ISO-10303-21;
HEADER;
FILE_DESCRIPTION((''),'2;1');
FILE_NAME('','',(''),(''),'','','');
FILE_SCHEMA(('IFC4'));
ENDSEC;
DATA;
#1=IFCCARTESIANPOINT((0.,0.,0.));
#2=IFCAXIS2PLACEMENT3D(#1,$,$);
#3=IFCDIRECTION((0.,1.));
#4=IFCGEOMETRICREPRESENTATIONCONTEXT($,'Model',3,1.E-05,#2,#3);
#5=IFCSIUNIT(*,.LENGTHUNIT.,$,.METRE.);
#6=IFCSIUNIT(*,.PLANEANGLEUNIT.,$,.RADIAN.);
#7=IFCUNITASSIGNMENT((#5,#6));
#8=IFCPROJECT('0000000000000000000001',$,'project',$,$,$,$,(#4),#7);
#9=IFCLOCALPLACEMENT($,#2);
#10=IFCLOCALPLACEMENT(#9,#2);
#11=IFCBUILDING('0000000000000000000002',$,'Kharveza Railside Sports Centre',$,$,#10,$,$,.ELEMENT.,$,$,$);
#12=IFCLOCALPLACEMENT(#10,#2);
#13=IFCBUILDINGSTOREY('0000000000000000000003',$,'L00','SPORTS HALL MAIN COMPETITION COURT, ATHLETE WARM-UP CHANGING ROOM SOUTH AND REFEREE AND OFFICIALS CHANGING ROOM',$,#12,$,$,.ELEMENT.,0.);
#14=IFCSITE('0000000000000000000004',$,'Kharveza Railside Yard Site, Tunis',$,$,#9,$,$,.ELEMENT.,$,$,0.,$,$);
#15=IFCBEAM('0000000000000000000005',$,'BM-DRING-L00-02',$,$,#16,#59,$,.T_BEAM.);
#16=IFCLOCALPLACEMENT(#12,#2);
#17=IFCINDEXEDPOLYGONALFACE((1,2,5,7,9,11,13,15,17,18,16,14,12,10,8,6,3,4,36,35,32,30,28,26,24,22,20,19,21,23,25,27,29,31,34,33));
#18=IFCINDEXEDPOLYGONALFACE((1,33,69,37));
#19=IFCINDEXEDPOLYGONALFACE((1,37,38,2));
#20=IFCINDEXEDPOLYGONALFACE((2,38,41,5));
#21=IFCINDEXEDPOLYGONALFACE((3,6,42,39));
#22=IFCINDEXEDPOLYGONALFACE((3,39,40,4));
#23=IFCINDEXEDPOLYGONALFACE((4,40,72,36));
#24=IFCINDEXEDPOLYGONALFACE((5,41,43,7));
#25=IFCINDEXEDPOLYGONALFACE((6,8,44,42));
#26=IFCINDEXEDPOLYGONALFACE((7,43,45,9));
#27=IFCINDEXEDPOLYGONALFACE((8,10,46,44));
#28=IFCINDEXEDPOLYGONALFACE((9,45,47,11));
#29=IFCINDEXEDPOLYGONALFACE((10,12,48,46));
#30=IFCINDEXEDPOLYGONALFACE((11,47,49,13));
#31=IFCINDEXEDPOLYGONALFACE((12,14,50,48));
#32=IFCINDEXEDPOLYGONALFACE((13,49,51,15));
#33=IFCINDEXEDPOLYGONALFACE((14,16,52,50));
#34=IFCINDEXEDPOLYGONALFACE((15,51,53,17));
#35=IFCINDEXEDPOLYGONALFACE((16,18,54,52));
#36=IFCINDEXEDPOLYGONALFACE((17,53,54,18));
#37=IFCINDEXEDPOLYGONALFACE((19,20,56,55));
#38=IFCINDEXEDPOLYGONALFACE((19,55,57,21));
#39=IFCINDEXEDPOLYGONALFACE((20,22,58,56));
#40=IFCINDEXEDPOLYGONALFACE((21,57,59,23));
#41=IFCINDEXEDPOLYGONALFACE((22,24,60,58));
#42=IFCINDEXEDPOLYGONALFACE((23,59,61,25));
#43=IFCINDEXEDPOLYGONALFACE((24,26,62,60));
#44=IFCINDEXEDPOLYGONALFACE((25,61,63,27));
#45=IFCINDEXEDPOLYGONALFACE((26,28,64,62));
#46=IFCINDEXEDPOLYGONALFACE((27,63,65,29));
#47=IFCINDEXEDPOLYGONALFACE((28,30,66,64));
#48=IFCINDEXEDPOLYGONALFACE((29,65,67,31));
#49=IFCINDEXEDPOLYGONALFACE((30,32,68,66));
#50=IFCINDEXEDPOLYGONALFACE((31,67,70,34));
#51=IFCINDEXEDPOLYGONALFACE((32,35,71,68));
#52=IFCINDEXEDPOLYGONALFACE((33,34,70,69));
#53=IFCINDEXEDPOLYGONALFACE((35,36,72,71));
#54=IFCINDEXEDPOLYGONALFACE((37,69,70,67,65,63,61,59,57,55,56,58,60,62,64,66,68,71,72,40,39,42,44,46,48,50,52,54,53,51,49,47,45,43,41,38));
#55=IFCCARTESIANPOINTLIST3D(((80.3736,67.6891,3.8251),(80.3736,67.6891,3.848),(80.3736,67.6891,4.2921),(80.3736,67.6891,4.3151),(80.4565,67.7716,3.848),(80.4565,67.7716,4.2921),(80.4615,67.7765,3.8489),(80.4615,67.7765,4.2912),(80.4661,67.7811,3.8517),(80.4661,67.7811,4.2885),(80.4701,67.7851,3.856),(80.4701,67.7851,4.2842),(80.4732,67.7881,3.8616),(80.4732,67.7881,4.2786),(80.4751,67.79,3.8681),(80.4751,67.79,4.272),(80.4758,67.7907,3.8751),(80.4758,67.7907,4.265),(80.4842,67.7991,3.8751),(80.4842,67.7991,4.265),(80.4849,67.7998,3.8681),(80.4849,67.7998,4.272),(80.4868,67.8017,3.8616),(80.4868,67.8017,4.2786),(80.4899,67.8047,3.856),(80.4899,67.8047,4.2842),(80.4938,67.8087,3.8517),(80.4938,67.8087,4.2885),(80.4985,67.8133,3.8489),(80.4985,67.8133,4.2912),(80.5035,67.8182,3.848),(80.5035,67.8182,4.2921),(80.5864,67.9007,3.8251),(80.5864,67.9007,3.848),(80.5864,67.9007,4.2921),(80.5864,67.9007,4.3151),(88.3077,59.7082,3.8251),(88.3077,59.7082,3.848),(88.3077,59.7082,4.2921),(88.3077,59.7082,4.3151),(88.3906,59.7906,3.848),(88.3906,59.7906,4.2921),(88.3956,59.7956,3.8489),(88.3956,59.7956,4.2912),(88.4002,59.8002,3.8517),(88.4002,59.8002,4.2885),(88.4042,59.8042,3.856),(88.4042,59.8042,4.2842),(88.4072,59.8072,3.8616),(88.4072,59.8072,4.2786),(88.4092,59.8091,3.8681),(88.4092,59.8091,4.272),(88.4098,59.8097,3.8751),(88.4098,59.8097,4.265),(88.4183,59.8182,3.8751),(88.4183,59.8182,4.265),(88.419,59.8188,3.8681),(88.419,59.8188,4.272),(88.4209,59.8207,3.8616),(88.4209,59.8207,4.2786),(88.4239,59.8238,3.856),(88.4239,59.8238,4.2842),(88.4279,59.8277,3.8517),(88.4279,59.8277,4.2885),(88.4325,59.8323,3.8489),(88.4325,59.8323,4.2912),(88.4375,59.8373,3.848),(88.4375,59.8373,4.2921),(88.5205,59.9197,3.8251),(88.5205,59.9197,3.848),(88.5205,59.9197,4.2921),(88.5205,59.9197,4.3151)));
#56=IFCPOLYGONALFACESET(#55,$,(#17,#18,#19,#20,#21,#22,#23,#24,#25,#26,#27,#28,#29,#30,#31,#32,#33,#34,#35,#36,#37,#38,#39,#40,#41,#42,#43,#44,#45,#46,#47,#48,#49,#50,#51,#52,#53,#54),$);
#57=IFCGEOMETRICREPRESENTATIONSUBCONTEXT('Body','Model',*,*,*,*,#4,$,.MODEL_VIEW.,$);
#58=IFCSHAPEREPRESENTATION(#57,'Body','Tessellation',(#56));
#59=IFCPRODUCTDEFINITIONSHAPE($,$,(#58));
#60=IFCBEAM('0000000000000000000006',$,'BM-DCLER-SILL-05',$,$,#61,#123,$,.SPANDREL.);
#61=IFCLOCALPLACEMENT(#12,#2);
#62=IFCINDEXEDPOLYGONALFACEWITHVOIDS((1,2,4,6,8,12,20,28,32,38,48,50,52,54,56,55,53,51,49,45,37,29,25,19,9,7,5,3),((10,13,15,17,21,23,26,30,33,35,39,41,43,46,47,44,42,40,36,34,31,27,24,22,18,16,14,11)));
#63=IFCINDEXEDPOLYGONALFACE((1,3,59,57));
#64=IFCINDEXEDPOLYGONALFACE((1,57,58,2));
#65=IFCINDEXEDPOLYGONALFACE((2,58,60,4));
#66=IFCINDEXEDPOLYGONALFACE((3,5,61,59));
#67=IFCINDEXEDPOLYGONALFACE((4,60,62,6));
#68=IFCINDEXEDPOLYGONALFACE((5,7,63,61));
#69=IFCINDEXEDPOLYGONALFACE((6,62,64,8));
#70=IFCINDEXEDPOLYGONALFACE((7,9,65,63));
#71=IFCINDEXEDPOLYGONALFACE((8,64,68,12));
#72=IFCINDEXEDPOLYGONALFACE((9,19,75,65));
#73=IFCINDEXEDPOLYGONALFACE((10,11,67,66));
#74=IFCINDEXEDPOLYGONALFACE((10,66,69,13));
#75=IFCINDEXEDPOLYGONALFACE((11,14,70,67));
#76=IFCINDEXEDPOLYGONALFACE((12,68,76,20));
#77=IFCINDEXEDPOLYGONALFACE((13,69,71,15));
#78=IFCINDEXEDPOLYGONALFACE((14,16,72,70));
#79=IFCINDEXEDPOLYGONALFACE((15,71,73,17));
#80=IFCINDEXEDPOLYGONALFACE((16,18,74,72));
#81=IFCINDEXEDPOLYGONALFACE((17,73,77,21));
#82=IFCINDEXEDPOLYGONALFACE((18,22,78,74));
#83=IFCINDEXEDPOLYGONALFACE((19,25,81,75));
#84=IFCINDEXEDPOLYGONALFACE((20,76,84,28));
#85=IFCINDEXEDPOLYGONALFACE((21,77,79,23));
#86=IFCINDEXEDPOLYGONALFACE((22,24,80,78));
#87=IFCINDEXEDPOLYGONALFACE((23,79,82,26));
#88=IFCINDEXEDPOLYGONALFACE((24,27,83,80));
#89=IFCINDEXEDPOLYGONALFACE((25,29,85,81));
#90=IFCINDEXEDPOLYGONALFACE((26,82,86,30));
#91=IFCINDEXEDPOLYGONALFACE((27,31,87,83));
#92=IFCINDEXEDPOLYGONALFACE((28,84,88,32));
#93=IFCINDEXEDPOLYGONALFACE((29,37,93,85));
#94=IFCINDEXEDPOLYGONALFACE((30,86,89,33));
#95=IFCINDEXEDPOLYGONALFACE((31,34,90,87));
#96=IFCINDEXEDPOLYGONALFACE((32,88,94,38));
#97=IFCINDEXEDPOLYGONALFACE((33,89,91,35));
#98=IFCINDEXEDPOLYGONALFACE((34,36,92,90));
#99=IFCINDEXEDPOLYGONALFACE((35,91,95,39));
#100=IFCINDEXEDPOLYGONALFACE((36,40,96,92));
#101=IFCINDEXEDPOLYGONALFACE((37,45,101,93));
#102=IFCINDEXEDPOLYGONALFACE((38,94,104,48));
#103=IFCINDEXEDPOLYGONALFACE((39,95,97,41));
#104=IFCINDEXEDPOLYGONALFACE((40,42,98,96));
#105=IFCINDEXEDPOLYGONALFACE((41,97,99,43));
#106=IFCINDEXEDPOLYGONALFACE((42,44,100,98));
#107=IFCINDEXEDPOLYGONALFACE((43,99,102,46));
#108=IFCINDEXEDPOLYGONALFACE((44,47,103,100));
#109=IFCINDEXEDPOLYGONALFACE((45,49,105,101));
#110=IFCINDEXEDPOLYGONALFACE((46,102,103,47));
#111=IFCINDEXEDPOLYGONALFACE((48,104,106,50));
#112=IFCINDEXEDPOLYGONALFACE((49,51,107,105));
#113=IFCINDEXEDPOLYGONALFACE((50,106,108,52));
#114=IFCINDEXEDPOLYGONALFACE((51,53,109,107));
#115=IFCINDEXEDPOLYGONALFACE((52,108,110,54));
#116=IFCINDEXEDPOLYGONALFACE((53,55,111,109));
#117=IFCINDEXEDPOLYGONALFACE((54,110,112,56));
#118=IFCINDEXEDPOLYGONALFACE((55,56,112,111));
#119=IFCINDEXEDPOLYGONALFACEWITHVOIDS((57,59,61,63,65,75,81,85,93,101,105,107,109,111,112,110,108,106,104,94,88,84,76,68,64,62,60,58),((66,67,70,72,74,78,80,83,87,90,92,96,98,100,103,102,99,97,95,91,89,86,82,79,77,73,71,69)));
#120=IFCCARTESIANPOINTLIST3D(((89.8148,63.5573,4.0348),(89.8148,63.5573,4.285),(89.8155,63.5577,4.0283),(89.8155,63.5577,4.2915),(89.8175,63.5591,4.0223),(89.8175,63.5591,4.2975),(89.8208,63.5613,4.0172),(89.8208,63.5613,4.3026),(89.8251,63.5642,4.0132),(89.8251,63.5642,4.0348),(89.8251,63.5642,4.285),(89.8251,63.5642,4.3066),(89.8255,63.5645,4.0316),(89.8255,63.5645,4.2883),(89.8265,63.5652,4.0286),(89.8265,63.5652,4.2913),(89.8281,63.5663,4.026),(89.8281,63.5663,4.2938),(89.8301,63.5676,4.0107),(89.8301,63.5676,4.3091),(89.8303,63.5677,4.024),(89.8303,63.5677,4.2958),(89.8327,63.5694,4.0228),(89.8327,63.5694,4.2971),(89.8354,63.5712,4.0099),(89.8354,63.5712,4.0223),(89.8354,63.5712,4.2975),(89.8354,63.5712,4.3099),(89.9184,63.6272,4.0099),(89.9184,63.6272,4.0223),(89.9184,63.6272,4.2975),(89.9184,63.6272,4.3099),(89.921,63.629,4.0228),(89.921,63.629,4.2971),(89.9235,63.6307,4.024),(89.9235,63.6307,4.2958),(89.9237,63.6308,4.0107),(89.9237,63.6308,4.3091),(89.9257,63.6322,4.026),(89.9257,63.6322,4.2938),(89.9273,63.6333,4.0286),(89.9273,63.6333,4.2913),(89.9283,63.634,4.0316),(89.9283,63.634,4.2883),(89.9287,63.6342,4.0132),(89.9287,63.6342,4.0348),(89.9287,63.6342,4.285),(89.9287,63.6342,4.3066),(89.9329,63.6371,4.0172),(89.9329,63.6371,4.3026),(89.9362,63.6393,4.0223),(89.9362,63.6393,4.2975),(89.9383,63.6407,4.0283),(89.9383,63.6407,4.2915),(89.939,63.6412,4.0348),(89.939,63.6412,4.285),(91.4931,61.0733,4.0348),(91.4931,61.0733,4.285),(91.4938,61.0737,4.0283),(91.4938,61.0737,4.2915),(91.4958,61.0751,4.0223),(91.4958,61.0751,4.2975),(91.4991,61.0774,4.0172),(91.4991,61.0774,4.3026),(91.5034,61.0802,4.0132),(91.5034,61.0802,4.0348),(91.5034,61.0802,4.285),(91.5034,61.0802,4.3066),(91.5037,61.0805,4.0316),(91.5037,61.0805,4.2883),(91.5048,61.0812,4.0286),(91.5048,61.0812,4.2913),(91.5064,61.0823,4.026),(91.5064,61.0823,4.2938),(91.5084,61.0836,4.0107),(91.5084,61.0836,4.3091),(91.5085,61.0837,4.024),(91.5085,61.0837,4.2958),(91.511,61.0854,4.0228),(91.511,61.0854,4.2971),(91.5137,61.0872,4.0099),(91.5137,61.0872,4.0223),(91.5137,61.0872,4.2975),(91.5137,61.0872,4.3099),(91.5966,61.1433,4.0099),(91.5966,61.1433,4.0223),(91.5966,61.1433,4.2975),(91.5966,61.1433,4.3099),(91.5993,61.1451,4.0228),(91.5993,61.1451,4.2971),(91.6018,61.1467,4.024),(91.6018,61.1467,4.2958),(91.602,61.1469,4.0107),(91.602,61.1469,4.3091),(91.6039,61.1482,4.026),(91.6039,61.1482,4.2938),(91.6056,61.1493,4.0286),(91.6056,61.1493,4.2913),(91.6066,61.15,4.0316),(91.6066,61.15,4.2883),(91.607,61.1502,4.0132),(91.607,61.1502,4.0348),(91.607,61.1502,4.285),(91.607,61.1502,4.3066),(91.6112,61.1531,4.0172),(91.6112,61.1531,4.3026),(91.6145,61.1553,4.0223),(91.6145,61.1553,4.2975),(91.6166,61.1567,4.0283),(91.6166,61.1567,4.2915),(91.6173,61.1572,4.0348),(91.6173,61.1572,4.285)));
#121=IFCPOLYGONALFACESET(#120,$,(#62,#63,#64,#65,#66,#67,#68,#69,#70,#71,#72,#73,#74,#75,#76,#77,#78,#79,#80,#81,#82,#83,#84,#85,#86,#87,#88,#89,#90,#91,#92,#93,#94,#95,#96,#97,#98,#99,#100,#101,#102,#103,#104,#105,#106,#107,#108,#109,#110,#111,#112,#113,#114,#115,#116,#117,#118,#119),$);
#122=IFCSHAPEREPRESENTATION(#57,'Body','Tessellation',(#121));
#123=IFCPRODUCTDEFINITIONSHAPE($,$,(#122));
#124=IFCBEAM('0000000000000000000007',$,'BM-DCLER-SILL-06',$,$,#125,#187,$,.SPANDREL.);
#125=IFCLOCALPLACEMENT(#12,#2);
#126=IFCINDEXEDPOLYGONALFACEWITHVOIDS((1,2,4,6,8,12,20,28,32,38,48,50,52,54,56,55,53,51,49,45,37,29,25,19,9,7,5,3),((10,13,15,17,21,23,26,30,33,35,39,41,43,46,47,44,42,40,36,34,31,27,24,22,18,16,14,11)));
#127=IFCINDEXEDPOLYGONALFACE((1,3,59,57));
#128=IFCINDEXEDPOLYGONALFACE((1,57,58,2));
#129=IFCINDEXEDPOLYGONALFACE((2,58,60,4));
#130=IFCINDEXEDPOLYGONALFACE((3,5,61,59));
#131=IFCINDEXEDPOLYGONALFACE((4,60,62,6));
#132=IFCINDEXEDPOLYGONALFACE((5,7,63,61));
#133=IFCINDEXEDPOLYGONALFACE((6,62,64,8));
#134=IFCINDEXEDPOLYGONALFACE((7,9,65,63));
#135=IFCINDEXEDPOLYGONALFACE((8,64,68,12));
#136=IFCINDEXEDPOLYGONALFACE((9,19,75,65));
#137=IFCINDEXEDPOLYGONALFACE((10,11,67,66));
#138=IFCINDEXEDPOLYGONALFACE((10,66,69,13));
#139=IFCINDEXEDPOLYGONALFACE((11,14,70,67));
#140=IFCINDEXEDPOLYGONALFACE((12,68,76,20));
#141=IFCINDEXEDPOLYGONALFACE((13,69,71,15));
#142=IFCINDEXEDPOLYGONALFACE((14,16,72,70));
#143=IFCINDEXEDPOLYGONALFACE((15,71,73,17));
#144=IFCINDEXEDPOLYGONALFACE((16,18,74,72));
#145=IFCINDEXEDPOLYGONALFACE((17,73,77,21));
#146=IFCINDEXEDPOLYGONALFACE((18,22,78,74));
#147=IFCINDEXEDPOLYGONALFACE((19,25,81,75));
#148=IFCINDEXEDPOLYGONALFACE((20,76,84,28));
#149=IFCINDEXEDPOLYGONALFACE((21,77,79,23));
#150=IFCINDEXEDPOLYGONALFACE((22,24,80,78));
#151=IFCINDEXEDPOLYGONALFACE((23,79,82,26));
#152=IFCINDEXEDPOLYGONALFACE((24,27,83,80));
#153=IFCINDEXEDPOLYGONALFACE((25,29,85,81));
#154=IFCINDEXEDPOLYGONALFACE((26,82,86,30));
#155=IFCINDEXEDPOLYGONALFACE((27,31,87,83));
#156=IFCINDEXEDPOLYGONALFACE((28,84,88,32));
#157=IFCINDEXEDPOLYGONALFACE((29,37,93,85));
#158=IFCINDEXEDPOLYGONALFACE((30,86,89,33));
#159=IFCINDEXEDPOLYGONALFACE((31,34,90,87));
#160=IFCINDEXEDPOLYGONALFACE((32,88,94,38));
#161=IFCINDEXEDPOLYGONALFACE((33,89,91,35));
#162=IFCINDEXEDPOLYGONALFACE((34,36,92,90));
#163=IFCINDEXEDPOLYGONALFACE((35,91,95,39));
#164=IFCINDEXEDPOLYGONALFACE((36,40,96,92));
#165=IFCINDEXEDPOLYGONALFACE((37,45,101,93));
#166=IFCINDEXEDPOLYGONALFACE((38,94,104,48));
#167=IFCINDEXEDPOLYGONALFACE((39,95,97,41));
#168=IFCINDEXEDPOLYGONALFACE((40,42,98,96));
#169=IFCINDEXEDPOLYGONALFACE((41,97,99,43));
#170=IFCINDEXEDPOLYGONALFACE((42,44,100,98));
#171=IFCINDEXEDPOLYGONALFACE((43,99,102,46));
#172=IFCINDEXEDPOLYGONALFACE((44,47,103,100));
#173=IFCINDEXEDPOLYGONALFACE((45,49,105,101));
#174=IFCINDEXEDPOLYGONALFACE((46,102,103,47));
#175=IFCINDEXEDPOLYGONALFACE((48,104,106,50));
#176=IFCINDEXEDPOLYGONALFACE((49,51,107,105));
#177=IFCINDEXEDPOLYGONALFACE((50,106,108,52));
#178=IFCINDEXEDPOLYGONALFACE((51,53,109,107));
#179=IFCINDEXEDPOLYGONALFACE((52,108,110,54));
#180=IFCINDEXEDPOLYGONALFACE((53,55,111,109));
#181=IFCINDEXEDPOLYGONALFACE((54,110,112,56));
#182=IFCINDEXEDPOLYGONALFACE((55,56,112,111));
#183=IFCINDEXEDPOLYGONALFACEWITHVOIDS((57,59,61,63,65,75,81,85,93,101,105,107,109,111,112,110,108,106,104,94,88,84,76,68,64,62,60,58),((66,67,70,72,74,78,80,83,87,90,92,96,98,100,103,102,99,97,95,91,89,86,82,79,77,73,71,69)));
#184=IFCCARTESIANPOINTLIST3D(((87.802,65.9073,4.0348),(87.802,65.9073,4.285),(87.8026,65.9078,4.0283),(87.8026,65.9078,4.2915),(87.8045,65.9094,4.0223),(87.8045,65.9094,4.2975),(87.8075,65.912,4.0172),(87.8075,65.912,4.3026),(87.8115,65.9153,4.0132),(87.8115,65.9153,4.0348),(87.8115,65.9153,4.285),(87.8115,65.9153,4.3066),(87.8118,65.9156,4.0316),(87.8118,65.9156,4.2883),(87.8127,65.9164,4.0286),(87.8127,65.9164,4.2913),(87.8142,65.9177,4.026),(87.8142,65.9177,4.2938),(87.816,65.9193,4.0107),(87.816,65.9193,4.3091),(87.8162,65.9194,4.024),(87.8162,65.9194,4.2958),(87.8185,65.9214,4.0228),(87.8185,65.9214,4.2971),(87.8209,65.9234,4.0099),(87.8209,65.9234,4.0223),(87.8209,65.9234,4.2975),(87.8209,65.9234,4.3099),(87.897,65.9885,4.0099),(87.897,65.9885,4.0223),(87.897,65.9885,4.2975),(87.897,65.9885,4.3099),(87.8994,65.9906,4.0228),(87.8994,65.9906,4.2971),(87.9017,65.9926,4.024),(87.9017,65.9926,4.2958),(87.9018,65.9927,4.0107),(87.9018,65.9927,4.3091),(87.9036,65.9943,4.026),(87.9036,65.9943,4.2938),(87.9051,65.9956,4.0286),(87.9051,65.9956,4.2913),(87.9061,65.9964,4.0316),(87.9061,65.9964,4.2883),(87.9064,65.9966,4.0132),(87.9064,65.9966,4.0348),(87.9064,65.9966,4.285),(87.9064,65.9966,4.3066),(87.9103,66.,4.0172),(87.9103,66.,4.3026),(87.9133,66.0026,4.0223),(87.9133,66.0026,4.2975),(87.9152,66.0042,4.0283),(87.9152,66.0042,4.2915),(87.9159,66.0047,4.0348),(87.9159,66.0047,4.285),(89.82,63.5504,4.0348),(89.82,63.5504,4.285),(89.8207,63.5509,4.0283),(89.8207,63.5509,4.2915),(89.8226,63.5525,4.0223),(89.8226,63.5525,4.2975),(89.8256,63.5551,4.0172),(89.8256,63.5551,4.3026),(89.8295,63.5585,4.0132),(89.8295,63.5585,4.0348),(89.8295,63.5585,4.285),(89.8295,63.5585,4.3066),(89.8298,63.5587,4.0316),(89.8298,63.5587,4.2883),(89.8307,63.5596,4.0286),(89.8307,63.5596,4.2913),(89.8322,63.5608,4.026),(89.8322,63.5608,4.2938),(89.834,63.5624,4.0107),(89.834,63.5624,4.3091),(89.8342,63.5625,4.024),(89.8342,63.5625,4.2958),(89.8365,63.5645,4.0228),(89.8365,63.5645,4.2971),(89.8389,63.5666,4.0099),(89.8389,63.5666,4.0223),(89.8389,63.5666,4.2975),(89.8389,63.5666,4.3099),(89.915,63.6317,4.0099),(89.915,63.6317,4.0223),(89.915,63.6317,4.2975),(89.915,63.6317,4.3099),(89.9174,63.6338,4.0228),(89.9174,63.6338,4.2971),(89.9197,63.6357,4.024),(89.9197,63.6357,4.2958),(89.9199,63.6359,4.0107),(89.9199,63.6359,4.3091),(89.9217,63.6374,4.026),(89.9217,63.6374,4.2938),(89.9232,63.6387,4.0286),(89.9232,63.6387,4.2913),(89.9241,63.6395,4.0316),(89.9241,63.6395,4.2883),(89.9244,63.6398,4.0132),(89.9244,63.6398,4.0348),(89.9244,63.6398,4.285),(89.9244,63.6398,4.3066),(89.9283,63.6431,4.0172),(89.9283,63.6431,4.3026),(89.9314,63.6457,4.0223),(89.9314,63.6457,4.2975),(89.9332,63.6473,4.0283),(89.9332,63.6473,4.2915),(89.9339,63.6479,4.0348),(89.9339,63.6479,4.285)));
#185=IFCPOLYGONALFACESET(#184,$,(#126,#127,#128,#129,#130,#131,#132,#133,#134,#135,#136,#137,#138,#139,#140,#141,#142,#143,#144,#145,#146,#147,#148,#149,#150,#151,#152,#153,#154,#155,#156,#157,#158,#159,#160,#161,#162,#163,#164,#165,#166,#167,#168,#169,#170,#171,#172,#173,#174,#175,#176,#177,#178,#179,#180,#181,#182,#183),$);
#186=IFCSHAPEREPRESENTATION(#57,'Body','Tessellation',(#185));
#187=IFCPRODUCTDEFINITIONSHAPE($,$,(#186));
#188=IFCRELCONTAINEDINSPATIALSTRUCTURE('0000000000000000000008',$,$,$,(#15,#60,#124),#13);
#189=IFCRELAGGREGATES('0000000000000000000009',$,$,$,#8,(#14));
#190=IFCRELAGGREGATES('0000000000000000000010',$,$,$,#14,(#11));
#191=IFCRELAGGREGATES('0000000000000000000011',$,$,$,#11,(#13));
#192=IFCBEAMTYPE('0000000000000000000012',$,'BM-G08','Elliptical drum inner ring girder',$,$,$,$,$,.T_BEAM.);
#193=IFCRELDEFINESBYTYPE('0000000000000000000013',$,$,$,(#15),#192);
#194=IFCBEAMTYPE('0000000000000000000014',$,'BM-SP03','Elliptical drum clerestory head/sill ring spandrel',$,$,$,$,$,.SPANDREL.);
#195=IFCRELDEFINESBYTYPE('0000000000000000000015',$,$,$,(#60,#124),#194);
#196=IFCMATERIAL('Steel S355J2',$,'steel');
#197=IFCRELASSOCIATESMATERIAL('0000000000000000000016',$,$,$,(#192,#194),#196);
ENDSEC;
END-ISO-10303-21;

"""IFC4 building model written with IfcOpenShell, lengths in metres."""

from ifc_helpers import new_model, si_unit, direction, frame, origin, origin_2d, place, context, subcontext, project, spatial, hollow_rectangle, i_section, extrude, material, material_profile, profile_set, type_object, element, save


model = new_model("IFC4")

# Units and contexts
model_context = context("Model", 3, precision=1e-05, world=origin(), true_north=direction((0.0, 1.0)))
body_context = subcontext(model_context, "Body", "Model", "MODEL_VIEW")
ifc_project = project(units=[si_unit("LENGTHUNIT", "METRE"), si_unit("PLANEANGLEUNIT", "RADIAN")], contexts=[model_context])

# Site, building, storey
site_placement = place(None, origin())
site = spatial("IfcSite", under=ifc_project, at=site_placement, Name="Kharveza Railside Yard Site, Tunis", CompositionType="ELEMENT", RefElevation=0.0)
building_placement = place(site_placement, origin())
building = spatial("IfcBuilding", under=site, at=building_placement, Name="Kharveza Railside Sports Centre", CompositionType="ELEMENT")
storey_placement = place(building_placement, origin())
storey = spatial("IfcBuildingStorey", under=building, at=storey_placement, Name="L00", Description="SPORTS HALL MAIN COMPETITION COURT, ATHLETE WARM-UP CHANGING ROOM SOUTH AND REFEREE AND OFFICIALS CHANGING ROOM", CompositionType="ELEMENT", Elevation=0.0)

# Beams
ifc_material_1 = material(Name="Steel S355J2", Category="steel")
ifc_material_profile_1 = material_profile(ifc_material_1, i_section(OverallWidth=0.3, OverallDepth=0.49, WebThickness=0.012, FlangeThickness=0.0229, FilletRadius=0.0271, at=origin_2d()), Name="HEA 500")
ifc_profile_set_1 = profile_set([ifc_material_profile_1], Name="Steel S355J2")
beam_type_1 = type_object("IfcBeamType", Name="BM-G08", Description="Elliptical drum inner ring girder", PredefinedType="T_BEAM", material=ifc_profile_set_1)
beam_1_placement = place(storey_placement, frame((88.4141, 59.814, 4.0701), z_axis=(-0.705021, 0.709186, 0.0), x_axis=(-0.709186, -0.705021, 0.0)))
element("IfcBeam", 1, at=beam_1_placement, inside=storey, type_object=beam_type_1, Name="BM-DRING-L00-02", PredefinedType="T_BEAM", context=body_context, shape_type="SweptSolid", body=[
    extrude(i_section(OverallWidth=0.3, OverallDepth=0.49, WebThickness=0.012, FlangeThickness=0.0229, FilletRadius=0.0271, at=origin_2d()), origin(), (0.0, 0.0, 1.0), 11.2537),
])
ifc_material_profile_2 = material_profile(ifc_material_1, hollow_rectangle(XDim=0.1499, YDim=0.3, WallThickness=0.0125, InnerFilletRadius=0.0125, OuterFilletRadius=0.0249, at=origin_2d()), Name="RHS 150x300x12.5")
ifc_profile_set_2 = profile_set([ifc_material_profile_2], Name="Steel S355J2")
beam_type_2 = type_object("IfcBeamType", Name="BM-SP03", Description="Elliptical drum clerestory head/sill ring spandrel", PredefinedType="SPANDREL", material=ifc_profile_set_2)
beam_2_placement = place(storey_placement, frame((91.5552, 61.1152, 4.1599), z_axis=(-0.559839, 0.828601, 0.0), x_axis=(-0.828601, -0.559839, 0.0)))
element("IfcBeam", 2, at=beam_2_placement, inside=storey, type_object=beam_type_2, Name="BM-DCLER-SILL-05", PredefinedType="SPANDREL", context=body_context, shape_type="SweptSolid", body=[
    extrude(hollow_rectangle(XDim=0.1499, YDim=0.3, WallThickness=0.0125, InnerFilletRadius=0.0125, OuterFilletRadius=0.0249, at=origin_2d()), origin(), (0.0, 0.0, 1.0), 2.9978),
])
beam_3_placement = place(storey_placement, frame((89.877, 63.5991, 4.1599), z_axis=(-0.65039, 0.759601, 0.0), x_axis=(-0.759601, -0.65039, 0.0)))
element("IfcBeam", 3, at=beam_3_placement, inside=storey, type_object=beam_type_2, Name="BM-DCLER-SILL-06", PredefinedType="SPANDREL", context=body_context, shape_type="SweptSolid", body=[
    extrude(hollow_rectangle(XDim=0.1499, YDim=0.3, WallThickness=0.0125, InnerFilletRadius=0.0125, OuterFilletRadius=0.0249, at=origin_2d()), origin(), (0.0, 0.0, 1.0), 3.1028),
])

save(model, "model.ifc")
